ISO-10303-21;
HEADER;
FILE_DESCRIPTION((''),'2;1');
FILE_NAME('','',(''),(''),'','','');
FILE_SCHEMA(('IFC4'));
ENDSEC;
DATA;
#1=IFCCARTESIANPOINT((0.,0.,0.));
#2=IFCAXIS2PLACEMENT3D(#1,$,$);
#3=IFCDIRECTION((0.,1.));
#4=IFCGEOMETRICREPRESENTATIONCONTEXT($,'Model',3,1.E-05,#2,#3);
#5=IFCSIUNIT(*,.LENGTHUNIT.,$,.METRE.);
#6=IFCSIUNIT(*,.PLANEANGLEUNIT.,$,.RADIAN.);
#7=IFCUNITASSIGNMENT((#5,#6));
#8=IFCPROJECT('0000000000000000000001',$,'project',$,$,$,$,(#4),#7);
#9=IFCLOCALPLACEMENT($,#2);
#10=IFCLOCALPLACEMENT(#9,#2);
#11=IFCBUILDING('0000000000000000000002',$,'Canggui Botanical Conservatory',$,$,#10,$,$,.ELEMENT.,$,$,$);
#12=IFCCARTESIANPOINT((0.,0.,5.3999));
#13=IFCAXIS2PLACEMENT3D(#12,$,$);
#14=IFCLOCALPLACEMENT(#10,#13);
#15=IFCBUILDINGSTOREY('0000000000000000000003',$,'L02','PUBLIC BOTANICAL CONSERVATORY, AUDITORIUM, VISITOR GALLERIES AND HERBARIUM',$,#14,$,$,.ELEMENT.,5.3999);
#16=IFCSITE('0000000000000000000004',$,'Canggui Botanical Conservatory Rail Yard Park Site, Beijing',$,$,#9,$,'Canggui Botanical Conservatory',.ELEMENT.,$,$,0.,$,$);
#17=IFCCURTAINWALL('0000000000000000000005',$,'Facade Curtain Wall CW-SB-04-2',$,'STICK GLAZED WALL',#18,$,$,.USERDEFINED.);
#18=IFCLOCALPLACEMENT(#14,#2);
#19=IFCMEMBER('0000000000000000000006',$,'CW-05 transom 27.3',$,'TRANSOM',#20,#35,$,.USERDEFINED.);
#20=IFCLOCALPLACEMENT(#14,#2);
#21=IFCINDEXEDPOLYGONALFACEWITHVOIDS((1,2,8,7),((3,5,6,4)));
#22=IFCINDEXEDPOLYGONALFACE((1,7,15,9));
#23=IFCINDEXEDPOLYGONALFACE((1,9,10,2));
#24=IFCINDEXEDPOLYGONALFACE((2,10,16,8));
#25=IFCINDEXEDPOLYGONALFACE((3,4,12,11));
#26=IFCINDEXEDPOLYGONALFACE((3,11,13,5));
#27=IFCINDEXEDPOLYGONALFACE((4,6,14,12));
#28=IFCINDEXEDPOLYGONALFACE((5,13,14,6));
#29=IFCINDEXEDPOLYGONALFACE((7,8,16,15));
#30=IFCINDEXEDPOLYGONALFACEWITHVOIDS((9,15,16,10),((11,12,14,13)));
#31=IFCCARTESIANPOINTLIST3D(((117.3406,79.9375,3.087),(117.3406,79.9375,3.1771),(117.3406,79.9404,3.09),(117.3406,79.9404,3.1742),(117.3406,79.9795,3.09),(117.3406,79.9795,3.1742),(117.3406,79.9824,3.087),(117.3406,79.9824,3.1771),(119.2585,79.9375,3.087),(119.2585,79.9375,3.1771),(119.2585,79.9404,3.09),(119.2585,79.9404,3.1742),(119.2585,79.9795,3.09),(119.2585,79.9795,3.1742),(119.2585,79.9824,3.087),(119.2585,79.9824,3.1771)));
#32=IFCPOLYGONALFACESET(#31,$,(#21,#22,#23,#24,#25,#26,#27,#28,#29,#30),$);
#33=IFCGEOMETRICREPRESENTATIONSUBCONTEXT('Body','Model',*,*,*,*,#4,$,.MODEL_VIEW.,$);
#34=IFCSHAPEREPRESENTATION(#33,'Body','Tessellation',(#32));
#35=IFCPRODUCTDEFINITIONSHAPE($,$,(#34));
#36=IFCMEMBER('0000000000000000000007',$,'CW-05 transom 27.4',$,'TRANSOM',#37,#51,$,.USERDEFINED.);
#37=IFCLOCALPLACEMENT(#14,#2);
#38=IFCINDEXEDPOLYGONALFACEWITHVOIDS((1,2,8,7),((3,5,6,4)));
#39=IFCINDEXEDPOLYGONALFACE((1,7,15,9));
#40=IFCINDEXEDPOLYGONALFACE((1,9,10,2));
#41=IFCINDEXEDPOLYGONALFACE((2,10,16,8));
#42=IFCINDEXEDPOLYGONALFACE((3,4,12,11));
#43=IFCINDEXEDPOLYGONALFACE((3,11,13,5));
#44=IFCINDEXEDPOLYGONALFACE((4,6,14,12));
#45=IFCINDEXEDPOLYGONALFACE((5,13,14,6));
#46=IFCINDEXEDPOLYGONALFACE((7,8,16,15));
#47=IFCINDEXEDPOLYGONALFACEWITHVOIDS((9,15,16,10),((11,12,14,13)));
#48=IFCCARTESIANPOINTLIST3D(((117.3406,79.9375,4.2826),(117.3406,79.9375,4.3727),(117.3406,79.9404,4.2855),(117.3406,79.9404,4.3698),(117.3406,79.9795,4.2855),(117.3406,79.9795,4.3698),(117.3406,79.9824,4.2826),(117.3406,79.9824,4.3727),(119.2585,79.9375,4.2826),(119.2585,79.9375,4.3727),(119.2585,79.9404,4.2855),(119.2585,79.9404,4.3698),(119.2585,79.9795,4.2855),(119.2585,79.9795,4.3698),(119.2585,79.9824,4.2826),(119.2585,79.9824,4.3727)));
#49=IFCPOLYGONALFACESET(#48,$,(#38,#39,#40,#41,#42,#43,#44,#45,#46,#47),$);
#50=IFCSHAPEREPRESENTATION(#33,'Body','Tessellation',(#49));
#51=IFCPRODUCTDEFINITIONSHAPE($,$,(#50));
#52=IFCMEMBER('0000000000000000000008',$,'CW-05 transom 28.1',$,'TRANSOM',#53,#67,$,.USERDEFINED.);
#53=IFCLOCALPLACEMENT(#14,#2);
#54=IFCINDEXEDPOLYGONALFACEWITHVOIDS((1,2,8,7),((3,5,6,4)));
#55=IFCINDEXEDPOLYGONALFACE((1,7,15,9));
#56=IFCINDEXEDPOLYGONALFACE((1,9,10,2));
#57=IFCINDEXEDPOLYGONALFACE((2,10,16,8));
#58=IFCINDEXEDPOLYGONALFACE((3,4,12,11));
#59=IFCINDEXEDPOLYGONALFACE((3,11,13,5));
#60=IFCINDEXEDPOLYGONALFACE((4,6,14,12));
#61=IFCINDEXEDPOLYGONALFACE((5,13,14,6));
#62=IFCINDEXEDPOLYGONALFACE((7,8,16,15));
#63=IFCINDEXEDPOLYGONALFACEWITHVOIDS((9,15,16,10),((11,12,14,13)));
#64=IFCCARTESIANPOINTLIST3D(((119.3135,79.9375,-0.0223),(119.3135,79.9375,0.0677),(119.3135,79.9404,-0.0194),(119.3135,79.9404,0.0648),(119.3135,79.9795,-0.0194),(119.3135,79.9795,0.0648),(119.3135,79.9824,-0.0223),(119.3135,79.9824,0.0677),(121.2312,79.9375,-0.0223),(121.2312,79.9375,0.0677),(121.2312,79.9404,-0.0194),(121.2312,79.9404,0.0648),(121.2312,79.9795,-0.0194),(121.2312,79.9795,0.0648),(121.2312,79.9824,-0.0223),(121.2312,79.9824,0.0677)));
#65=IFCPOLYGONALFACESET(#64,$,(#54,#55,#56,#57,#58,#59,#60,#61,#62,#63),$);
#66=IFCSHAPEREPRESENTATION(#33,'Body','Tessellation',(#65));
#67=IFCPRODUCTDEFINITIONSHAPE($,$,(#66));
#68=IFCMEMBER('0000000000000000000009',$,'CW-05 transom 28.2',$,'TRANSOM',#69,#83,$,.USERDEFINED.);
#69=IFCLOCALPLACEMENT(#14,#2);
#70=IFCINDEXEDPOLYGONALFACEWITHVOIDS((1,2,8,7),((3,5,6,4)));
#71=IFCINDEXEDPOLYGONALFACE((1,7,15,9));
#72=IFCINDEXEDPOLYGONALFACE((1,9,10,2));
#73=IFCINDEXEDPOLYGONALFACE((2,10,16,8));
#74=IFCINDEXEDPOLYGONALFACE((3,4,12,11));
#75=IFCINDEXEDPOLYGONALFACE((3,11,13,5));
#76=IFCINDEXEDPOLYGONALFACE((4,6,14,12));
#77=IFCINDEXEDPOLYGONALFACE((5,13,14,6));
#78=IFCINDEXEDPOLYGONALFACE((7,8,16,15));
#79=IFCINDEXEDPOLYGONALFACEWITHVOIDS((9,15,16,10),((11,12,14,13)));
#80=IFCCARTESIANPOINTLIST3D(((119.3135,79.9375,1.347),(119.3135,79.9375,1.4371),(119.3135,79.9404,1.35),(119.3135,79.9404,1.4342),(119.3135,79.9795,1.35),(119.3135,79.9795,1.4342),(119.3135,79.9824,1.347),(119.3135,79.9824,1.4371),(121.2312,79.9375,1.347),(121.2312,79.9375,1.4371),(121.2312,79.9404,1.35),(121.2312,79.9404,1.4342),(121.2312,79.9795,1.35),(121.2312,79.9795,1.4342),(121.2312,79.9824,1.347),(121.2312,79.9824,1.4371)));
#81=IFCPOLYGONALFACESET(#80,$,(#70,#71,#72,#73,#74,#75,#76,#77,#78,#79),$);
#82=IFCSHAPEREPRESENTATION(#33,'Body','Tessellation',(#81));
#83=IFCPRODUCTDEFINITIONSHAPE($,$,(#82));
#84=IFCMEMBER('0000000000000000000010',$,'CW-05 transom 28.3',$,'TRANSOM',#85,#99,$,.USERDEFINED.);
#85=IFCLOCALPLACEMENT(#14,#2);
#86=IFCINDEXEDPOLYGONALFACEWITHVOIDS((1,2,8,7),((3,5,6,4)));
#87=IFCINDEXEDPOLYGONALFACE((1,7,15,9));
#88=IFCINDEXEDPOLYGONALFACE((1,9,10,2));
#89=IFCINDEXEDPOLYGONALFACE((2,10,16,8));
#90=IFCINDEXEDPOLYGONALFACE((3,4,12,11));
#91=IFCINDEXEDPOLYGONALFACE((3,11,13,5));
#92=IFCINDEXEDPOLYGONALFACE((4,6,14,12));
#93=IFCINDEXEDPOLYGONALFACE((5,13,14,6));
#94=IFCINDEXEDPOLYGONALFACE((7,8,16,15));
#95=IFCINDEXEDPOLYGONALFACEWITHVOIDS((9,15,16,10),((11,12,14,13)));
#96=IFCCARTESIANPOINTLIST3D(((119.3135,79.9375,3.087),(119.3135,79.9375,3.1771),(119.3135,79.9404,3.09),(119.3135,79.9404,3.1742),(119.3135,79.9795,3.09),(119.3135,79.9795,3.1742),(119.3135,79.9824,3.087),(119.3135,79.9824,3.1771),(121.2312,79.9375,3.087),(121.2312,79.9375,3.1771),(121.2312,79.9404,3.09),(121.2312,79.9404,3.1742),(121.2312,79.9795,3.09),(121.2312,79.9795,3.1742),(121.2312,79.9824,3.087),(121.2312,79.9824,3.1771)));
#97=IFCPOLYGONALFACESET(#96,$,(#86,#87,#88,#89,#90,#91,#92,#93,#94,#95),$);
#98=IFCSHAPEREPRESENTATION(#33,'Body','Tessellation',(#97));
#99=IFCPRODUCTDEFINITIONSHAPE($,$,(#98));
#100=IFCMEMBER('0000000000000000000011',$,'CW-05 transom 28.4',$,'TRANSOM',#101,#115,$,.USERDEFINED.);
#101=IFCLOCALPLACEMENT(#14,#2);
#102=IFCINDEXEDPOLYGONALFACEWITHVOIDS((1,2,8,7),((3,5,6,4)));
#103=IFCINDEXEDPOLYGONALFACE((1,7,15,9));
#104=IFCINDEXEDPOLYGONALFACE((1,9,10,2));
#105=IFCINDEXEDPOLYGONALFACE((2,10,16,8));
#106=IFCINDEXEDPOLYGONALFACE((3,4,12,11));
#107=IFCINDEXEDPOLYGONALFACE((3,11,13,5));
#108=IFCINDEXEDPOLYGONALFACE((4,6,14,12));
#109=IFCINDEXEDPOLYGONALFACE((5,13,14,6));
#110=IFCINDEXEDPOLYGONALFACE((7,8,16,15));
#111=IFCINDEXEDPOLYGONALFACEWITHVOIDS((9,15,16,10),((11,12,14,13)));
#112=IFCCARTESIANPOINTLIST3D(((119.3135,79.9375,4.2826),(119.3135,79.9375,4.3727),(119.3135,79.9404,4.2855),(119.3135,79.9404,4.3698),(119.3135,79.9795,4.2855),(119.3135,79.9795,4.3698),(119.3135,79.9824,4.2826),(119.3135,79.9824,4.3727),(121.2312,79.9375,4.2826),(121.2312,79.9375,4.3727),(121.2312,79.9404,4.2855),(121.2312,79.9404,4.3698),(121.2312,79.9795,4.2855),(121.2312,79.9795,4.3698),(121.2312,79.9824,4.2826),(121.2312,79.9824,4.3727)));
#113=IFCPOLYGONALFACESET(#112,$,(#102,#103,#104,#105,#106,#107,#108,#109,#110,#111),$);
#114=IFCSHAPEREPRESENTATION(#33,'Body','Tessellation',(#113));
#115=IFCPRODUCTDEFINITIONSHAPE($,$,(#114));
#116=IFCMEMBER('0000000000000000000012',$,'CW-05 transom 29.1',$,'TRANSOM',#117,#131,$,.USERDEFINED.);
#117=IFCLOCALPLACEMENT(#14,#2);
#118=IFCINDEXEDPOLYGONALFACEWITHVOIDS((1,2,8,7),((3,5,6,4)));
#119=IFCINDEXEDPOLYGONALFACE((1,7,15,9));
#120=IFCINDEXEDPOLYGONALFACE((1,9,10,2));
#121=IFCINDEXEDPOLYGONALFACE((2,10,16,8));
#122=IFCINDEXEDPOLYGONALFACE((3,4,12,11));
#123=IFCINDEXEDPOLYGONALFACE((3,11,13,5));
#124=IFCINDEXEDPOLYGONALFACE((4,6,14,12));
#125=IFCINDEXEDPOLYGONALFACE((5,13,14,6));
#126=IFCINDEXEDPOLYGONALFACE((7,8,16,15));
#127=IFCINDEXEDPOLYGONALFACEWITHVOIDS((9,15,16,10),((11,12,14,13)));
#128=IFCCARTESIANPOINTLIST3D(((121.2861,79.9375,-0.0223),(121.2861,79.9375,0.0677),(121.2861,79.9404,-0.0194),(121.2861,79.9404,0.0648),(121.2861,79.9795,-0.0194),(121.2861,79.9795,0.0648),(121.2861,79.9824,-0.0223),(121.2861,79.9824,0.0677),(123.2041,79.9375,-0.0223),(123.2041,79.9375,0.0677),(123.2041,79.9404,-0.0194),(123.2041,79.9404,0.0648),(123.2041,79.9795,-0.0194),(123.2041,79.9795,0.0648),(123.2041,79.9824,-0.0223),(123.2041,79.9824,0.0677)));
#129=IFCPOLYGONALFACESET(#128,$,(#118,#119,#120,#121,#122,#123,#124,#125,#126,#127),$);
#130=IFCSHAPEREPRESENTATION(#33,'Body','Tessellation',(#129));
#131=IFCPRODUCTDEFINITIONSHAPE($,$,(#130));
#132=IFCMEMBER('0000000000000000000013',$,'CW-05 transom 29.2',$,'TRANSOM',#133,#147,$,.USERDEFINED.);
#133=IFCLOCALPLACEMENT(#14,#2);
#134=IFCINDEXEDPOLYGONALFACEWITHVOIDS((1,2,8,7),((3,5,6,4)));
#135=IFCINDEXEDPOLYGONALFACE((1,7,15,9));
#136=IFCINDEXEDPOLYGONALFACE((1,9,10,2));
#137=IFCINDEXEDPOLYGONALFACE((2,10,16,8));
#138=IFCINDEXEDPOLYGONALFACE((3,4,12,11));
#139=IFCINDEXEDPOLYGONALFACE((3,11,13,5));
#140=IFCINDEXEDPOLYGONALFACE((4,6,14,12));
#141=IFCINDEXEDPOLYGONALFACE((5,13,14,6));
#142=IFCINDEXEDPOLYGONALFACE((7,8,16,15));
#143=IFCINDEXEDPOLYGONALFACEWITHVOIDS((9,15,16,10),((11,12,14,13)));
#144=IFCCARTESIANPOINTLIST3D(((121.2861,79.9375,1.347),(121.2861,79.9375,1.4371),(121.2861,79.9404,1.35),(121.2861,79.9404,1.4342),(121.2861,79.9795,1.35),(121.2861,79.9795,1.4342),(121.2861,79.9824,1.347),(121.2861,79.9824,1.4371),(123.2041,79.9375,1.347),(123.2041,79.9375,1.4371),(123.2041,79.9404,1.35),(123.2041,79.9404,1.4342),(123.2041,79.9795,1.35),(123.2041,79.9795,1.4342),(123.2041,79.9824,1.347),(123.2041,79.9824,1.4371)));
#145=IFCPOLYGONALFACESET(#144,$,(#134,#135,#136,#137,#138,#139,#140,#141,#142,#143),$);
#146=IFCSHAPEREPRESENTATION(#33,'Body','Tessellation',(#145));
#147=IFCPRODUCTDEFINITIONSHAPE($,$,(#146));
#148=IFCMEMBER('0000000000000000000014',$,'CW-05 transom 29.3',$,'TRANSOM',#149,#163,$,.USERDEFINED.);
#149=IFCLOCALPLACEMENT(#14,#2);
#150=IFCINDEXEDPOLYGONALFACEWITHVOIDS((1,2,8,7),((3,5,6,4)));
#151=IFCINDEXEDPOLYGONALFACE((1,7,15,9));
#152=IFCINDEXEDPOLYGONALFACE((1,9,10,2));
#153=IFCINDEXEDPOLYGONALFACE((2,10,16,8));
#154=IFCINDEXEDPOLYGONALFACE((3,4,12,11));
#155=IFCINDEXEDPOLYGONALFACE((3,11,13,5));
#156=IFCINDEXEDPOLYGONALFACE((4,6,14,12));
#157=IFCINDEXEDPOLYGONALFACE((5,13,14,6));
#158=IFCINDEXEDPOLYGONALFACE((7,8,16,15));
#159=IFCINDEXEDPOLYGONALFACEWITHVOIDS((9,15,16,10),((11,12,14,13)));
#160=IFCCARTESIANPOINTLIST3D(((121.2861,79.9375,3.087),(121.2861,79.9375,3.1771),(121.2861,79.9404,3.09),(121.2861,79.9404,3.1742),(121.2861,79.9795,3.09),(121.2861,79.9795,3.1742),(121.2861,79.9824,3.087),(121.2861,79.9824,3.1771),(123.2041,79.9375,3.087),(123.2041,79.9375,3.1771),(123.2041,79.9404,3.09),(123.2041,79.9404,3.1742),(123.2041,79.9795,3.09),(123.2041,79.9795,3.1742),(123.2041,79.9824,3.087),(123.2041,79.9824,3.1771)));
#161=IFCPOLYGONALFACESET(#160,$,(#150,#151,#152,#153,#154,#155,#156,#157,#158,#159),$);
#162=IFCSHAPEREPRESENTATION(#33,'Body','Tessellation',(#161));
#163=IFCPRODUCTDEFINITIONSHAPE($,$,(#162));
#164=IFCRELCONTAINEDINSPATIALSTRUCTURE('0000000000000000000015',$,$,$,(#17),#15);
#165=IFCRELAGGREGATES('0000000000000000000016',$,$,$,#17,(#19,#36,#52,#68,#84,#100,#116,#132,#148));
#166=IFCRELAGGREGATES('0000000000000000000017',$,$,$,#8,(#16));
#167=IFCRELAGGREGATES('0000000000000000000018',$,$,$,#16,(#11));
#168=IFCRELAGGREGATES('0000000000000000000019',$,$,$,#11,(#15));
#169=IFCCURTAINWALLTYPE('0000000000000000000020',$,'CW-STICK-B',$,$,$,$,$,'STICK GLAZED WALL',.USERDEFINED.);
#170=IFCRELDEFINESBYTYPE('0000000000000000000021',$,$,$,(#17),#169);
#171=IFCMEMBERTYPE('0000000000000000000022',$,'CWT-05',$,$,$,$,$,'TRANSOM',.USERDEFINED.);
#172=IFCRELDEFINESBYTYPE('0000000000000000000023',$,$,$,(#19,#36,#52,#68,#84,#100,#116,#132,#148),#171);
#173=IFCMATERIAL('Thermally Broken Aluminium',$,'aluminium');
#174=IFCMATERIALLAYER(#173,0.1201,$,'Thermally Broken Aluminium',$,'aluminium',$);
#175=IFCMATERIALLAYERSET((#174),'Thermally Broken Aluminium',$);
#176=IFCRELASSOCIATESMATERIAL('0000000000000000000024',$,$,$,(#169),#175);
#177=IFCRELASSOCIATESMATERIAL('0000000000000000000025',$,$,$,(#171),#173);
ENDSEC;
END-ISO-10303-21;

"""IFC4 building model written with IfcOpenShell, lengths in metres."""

from ifc_helpers import new_model, si_unit, direction, frame, origin, origin_2d, place, context, subcontext, project, spatial, hollow_rectangle, extrude, material, layer, layer_set, material_profile, profile_set, type_object, element, aggregate, save


model = new_model("IFC4")

# Units and contexts
model_context = context("Model", 3, precision=1e-05, world=origin(), true_north=direction((0.0, 1.0)))
body_context = subcontext(model_context, "Body", "Model", "MODEL_VIEW")
ifc_project = project(units=[si_unit("LENGTHUNIT", "METRE"), si_unit("PLANEANGLEUNIT", "RADIAN")], contexts=[model_context])

# Site, building, storey
site_placement = place(None, origin())
site = spatial("IfcSite", under=ifc_project, at=site_placement, Name="Canggui Botanical Conservatory Rail Yard Park Site, Beijing", LongName="Canggui Botanical Conservatory", CompositionType="ELEMENT", RefElevation=0.0)
building_placement = place(site_placement, origin())
building = spatial("IfcBuilding", under=site, at=building_placement, Name="Canggui Botanical Conservatory", CompositionType="ELEMENT")
storey_placement = place(building_placement, frame((0.0, 0.0, 5.3999)))
storey = spatial("IfcBuildingStorey", under=building, at=storey_placement, Name="L02", Description="PUBLIC BOTANICAL CONSERVATORY, AUDITORIUM, VISITOR GALLERIES AND HERBARIUM", CompositionType="ELEMENT", Elevation=5.3999)

# Curtain wall, members
ifc_material_1 = material(Name="Thermally Broken Aluminium", Category="aluminium")
ifc_layer_1 = layer(ifc_material_1, 0.1201, Name="Thermally Broken Aluminium", Category="aluminium")
ifc_layer_set_1 = layer_set([ifc_layer_1], Name="Thermally Broken Aluminium")
curtain_wall_type = type_object("IfcCurtainWallType", Name="CW-STICK-B", ElementType="STICK GLAZED WALL", PredefinedType="USERDEFINED", material=ifc_layer_set_1)
curtain_wall_placement = place(storey_placement, origin())
curtain_wall = element("IfcCurtainWall", 1, at=curtain_wall_placement, inside=storey, type_object=curtain_wall_type, Name="Facade Curtain Wall CW-SB-04-2", ObjectType="STICK GLAZED WALL", PredefinedType="USERDEFINED")
ifc_material_profile_1 = material_profile(ifc_material_1, hollow_rectangle(XDim=0.0449, YDim=0.0901, WallThickness=0.0029, at=origin_2d()), Name="CWT 45x90x3")
ifc_profile_set_1 = profile_set([ifc_material_profile_1], Name="Thermally Broken Aluminium")
member_type_1 = type_object("IfcMemberType", Name="CWT-05", ElementType="TRANSOM", PredefinedType="USERDEFINED", material=ifc_profile_set_1)
member_1_placement = place(storey_placement, frame((117.3406, 79.96, 3.1321), z_axis=(1.0, 0.0, 0.0), x_axis=(0.0, 1.0, 0.0)))
member_1 = element("IfcMember", 2, at=member_1_placement, type_object=member_type_1, Name="CW-05 transom 27.3", ObjectType="TRANSOM", PredefinedType="USERDEFINED", context=body_context, shape_type="SweptSolid", body=[
    extrude(hollow_rectangle(XDim=0.0449, YDim=0.0901, WallThickness=0.0029, at=origin_2d()), origin(), (0.0, 0.0, 1.0), 1.918),
])
member_2_placement = place(storey_placement, frame((117.3406, 79.96, 4.3276), z_axis=(1.0, 0.0, 0.0), x_axis=(0.0, 1.0, 0.0)))
member_2 = element("IfcMember", 3, at=member_2_placement, type_object=member_type_1, Name="CW-05 transom 27.4", ObjectType="TRANSOM", PredefinedType="USERDEFINED", context=body_context, shape_type="SweptSolid", body=[
    extrude(hollow_rectangle(XDim=0.0449, YDim=0.0901, WallThickness=0.0029, at=origin_2d()), origin(), (0.0, 0.0, 1.0), 1.918),
])
member_3_placement = place(storey_placement, frame((119.3135, 79.96, 0.0227), z_axis=(1.0, 0.0, 0.0), x_axis=(0.0, 1.0, 0.0)))
member_3 = element("IfcMember", 4, at=member_3_placement, type_object=member_type_1, Name="CW-05 transom 28.1", ObjectType="TRANSOM", PredefinedType="USERDEFINED", context=body_context, shape_type="SweptSolid", body=[
    extrude(hollow_rectangle(XDim=0.0449, YDim=0.0901, WallThickness=0.0029, at=origin_2d()), origin(), (0.0, 0.0, 1.0), 1.9177),
])
member_4_placement = place(storey_placement, frame((119.3135, 79.96, 1.3921), z_axis=(1.0, 0.0, 0.0), x_axis=(0.0, 1.0, 0.0)))
member_4 = element("IfcMember", 5, at=member_4_placement, type_object=member_type_1, Name="CW-05 transom 28.2", ObjectType="TRANSOM", PredefinedType="USERDEFINED", context=body_context, shape_type="SweptSolid", body=[
    extrude(hollow_rectangle(XDim=0.0449, YDim=0.0901, WallThickness=0.0029, at=origin_2d()), origin(), (0.0, 0.0, 1.0), 1.9177),
])
member_5_placement = place(storey_placement, frame((119.3135, 79.96, 3.1321), z_axis=(1.0, 0.0, 0.0), x_axis=(0.0, 1.0, 0.0)))
member_5 = element("IfcMember", 6, at=member_5_placement, type_object=member_type_1, Name="CW-05 transom 28.3", ObjectType="TRANSOM", PredefinedType="USERDEFINED", context=body_context, shape_type="SweptSolid", body=[
    extrude(hollow_rectangle(XDim=0.0449, YDim=0.0901, WallThickness=0.0029, at=origin_2d()), origin(), (0.0, 0.0, 1.0), 1.9177),
])
member_6_placement = place(storey_placement, frame((119.3135, 79.96, 4.3276), z_axis=(1.0, 0.0, 0.0), x_axis=(0.0, 1.0, 0.0)))
member_6 = element("IfcMember", 7, at=member_6_placement, type_object=member_type_1, Name="CW-05 transom 28.4", ObjectType="TRANSOM", PredefinedType="USERDEFINED", context=body_context, shape_type="SweptSolid", body=[
    extrude(hollow_rectangle(XDim=0.0449, YDim=0.0901, WallThickness=0.0029, at=origin_2d()), origin(), (0.0, 0.0, 1.0), 1.9177),
])
member_7_placement = place(storey_placement, frame((121.2861, 79.96, 0.0227), z_axis=(1.0, 0.0, 0.0), x_axis=(0.0, 1.0, 0.0)))
member_7 = element("IfcMember", 8, at=member_7_placement, type_object=member_type_1, Name="CW-05 transom 29.1", ObjectType="TRANSOM", PredefinedType="USERDEFINED", context=body_context, shape_type="SweptSolid", body=[
    extrude(hollow_rectangle(XDim=0.0449, YDim=0.0901, WallThickness=0.0029, at=origin_2d()), origin(), (0.0, 0.0, 1.0), 1.918),
])
member_8_placement = place(storey_placement, frame((121.2861, 79.96, 1.3921), z_axis=(1.0, 0.0, 0.0), x_axis=(0.0, 1.0, 0.0)))
member_8 = element("IfcMember", 9, at=member_8_placement, type_object=member_type_1, Name="CW-05 transom 29.2", ObjectType="TRANSOM", PredefinedType="USERDEFINED", context=body_context, shape_type="SweptSolid", body=[
    extrude(hollow_rectangle(XDim=0.0449, YDim=0.0901, WallThickness=0.0029, at=origin_2d()), origin(), (0.0, 0.0, 1.0), 1.918),
])
member_9_placement = place(storey_placement, frame((121.2861, 79.96, 3.1321), z_axis=(1.0, 0.0, 0.0), x_axis=(0.0, 1.0, 0.0)))
member_9 = element("IfcMember", 10, at=member_9_placement, type_object=member_type_1, Name="CW-05 transom 29.3", ObjectType="TRANSOM", PredefinedType="USERDEFINED", context=body_context, shape_type="SweptSolid", body=[
    extrude(hollow_rectangle(XDim=0.0449, YDim=0.0901, WallThickness=0.0029, at=origin_2d()), origin(), (0.0, 0.0, 1.0), 1.918),
])

aggregate(curtain_wall, [member_1, member_2, member_3, member_4, member_5, member_6, member_7, member_8, member_9])

save(model, "model.ifc")
